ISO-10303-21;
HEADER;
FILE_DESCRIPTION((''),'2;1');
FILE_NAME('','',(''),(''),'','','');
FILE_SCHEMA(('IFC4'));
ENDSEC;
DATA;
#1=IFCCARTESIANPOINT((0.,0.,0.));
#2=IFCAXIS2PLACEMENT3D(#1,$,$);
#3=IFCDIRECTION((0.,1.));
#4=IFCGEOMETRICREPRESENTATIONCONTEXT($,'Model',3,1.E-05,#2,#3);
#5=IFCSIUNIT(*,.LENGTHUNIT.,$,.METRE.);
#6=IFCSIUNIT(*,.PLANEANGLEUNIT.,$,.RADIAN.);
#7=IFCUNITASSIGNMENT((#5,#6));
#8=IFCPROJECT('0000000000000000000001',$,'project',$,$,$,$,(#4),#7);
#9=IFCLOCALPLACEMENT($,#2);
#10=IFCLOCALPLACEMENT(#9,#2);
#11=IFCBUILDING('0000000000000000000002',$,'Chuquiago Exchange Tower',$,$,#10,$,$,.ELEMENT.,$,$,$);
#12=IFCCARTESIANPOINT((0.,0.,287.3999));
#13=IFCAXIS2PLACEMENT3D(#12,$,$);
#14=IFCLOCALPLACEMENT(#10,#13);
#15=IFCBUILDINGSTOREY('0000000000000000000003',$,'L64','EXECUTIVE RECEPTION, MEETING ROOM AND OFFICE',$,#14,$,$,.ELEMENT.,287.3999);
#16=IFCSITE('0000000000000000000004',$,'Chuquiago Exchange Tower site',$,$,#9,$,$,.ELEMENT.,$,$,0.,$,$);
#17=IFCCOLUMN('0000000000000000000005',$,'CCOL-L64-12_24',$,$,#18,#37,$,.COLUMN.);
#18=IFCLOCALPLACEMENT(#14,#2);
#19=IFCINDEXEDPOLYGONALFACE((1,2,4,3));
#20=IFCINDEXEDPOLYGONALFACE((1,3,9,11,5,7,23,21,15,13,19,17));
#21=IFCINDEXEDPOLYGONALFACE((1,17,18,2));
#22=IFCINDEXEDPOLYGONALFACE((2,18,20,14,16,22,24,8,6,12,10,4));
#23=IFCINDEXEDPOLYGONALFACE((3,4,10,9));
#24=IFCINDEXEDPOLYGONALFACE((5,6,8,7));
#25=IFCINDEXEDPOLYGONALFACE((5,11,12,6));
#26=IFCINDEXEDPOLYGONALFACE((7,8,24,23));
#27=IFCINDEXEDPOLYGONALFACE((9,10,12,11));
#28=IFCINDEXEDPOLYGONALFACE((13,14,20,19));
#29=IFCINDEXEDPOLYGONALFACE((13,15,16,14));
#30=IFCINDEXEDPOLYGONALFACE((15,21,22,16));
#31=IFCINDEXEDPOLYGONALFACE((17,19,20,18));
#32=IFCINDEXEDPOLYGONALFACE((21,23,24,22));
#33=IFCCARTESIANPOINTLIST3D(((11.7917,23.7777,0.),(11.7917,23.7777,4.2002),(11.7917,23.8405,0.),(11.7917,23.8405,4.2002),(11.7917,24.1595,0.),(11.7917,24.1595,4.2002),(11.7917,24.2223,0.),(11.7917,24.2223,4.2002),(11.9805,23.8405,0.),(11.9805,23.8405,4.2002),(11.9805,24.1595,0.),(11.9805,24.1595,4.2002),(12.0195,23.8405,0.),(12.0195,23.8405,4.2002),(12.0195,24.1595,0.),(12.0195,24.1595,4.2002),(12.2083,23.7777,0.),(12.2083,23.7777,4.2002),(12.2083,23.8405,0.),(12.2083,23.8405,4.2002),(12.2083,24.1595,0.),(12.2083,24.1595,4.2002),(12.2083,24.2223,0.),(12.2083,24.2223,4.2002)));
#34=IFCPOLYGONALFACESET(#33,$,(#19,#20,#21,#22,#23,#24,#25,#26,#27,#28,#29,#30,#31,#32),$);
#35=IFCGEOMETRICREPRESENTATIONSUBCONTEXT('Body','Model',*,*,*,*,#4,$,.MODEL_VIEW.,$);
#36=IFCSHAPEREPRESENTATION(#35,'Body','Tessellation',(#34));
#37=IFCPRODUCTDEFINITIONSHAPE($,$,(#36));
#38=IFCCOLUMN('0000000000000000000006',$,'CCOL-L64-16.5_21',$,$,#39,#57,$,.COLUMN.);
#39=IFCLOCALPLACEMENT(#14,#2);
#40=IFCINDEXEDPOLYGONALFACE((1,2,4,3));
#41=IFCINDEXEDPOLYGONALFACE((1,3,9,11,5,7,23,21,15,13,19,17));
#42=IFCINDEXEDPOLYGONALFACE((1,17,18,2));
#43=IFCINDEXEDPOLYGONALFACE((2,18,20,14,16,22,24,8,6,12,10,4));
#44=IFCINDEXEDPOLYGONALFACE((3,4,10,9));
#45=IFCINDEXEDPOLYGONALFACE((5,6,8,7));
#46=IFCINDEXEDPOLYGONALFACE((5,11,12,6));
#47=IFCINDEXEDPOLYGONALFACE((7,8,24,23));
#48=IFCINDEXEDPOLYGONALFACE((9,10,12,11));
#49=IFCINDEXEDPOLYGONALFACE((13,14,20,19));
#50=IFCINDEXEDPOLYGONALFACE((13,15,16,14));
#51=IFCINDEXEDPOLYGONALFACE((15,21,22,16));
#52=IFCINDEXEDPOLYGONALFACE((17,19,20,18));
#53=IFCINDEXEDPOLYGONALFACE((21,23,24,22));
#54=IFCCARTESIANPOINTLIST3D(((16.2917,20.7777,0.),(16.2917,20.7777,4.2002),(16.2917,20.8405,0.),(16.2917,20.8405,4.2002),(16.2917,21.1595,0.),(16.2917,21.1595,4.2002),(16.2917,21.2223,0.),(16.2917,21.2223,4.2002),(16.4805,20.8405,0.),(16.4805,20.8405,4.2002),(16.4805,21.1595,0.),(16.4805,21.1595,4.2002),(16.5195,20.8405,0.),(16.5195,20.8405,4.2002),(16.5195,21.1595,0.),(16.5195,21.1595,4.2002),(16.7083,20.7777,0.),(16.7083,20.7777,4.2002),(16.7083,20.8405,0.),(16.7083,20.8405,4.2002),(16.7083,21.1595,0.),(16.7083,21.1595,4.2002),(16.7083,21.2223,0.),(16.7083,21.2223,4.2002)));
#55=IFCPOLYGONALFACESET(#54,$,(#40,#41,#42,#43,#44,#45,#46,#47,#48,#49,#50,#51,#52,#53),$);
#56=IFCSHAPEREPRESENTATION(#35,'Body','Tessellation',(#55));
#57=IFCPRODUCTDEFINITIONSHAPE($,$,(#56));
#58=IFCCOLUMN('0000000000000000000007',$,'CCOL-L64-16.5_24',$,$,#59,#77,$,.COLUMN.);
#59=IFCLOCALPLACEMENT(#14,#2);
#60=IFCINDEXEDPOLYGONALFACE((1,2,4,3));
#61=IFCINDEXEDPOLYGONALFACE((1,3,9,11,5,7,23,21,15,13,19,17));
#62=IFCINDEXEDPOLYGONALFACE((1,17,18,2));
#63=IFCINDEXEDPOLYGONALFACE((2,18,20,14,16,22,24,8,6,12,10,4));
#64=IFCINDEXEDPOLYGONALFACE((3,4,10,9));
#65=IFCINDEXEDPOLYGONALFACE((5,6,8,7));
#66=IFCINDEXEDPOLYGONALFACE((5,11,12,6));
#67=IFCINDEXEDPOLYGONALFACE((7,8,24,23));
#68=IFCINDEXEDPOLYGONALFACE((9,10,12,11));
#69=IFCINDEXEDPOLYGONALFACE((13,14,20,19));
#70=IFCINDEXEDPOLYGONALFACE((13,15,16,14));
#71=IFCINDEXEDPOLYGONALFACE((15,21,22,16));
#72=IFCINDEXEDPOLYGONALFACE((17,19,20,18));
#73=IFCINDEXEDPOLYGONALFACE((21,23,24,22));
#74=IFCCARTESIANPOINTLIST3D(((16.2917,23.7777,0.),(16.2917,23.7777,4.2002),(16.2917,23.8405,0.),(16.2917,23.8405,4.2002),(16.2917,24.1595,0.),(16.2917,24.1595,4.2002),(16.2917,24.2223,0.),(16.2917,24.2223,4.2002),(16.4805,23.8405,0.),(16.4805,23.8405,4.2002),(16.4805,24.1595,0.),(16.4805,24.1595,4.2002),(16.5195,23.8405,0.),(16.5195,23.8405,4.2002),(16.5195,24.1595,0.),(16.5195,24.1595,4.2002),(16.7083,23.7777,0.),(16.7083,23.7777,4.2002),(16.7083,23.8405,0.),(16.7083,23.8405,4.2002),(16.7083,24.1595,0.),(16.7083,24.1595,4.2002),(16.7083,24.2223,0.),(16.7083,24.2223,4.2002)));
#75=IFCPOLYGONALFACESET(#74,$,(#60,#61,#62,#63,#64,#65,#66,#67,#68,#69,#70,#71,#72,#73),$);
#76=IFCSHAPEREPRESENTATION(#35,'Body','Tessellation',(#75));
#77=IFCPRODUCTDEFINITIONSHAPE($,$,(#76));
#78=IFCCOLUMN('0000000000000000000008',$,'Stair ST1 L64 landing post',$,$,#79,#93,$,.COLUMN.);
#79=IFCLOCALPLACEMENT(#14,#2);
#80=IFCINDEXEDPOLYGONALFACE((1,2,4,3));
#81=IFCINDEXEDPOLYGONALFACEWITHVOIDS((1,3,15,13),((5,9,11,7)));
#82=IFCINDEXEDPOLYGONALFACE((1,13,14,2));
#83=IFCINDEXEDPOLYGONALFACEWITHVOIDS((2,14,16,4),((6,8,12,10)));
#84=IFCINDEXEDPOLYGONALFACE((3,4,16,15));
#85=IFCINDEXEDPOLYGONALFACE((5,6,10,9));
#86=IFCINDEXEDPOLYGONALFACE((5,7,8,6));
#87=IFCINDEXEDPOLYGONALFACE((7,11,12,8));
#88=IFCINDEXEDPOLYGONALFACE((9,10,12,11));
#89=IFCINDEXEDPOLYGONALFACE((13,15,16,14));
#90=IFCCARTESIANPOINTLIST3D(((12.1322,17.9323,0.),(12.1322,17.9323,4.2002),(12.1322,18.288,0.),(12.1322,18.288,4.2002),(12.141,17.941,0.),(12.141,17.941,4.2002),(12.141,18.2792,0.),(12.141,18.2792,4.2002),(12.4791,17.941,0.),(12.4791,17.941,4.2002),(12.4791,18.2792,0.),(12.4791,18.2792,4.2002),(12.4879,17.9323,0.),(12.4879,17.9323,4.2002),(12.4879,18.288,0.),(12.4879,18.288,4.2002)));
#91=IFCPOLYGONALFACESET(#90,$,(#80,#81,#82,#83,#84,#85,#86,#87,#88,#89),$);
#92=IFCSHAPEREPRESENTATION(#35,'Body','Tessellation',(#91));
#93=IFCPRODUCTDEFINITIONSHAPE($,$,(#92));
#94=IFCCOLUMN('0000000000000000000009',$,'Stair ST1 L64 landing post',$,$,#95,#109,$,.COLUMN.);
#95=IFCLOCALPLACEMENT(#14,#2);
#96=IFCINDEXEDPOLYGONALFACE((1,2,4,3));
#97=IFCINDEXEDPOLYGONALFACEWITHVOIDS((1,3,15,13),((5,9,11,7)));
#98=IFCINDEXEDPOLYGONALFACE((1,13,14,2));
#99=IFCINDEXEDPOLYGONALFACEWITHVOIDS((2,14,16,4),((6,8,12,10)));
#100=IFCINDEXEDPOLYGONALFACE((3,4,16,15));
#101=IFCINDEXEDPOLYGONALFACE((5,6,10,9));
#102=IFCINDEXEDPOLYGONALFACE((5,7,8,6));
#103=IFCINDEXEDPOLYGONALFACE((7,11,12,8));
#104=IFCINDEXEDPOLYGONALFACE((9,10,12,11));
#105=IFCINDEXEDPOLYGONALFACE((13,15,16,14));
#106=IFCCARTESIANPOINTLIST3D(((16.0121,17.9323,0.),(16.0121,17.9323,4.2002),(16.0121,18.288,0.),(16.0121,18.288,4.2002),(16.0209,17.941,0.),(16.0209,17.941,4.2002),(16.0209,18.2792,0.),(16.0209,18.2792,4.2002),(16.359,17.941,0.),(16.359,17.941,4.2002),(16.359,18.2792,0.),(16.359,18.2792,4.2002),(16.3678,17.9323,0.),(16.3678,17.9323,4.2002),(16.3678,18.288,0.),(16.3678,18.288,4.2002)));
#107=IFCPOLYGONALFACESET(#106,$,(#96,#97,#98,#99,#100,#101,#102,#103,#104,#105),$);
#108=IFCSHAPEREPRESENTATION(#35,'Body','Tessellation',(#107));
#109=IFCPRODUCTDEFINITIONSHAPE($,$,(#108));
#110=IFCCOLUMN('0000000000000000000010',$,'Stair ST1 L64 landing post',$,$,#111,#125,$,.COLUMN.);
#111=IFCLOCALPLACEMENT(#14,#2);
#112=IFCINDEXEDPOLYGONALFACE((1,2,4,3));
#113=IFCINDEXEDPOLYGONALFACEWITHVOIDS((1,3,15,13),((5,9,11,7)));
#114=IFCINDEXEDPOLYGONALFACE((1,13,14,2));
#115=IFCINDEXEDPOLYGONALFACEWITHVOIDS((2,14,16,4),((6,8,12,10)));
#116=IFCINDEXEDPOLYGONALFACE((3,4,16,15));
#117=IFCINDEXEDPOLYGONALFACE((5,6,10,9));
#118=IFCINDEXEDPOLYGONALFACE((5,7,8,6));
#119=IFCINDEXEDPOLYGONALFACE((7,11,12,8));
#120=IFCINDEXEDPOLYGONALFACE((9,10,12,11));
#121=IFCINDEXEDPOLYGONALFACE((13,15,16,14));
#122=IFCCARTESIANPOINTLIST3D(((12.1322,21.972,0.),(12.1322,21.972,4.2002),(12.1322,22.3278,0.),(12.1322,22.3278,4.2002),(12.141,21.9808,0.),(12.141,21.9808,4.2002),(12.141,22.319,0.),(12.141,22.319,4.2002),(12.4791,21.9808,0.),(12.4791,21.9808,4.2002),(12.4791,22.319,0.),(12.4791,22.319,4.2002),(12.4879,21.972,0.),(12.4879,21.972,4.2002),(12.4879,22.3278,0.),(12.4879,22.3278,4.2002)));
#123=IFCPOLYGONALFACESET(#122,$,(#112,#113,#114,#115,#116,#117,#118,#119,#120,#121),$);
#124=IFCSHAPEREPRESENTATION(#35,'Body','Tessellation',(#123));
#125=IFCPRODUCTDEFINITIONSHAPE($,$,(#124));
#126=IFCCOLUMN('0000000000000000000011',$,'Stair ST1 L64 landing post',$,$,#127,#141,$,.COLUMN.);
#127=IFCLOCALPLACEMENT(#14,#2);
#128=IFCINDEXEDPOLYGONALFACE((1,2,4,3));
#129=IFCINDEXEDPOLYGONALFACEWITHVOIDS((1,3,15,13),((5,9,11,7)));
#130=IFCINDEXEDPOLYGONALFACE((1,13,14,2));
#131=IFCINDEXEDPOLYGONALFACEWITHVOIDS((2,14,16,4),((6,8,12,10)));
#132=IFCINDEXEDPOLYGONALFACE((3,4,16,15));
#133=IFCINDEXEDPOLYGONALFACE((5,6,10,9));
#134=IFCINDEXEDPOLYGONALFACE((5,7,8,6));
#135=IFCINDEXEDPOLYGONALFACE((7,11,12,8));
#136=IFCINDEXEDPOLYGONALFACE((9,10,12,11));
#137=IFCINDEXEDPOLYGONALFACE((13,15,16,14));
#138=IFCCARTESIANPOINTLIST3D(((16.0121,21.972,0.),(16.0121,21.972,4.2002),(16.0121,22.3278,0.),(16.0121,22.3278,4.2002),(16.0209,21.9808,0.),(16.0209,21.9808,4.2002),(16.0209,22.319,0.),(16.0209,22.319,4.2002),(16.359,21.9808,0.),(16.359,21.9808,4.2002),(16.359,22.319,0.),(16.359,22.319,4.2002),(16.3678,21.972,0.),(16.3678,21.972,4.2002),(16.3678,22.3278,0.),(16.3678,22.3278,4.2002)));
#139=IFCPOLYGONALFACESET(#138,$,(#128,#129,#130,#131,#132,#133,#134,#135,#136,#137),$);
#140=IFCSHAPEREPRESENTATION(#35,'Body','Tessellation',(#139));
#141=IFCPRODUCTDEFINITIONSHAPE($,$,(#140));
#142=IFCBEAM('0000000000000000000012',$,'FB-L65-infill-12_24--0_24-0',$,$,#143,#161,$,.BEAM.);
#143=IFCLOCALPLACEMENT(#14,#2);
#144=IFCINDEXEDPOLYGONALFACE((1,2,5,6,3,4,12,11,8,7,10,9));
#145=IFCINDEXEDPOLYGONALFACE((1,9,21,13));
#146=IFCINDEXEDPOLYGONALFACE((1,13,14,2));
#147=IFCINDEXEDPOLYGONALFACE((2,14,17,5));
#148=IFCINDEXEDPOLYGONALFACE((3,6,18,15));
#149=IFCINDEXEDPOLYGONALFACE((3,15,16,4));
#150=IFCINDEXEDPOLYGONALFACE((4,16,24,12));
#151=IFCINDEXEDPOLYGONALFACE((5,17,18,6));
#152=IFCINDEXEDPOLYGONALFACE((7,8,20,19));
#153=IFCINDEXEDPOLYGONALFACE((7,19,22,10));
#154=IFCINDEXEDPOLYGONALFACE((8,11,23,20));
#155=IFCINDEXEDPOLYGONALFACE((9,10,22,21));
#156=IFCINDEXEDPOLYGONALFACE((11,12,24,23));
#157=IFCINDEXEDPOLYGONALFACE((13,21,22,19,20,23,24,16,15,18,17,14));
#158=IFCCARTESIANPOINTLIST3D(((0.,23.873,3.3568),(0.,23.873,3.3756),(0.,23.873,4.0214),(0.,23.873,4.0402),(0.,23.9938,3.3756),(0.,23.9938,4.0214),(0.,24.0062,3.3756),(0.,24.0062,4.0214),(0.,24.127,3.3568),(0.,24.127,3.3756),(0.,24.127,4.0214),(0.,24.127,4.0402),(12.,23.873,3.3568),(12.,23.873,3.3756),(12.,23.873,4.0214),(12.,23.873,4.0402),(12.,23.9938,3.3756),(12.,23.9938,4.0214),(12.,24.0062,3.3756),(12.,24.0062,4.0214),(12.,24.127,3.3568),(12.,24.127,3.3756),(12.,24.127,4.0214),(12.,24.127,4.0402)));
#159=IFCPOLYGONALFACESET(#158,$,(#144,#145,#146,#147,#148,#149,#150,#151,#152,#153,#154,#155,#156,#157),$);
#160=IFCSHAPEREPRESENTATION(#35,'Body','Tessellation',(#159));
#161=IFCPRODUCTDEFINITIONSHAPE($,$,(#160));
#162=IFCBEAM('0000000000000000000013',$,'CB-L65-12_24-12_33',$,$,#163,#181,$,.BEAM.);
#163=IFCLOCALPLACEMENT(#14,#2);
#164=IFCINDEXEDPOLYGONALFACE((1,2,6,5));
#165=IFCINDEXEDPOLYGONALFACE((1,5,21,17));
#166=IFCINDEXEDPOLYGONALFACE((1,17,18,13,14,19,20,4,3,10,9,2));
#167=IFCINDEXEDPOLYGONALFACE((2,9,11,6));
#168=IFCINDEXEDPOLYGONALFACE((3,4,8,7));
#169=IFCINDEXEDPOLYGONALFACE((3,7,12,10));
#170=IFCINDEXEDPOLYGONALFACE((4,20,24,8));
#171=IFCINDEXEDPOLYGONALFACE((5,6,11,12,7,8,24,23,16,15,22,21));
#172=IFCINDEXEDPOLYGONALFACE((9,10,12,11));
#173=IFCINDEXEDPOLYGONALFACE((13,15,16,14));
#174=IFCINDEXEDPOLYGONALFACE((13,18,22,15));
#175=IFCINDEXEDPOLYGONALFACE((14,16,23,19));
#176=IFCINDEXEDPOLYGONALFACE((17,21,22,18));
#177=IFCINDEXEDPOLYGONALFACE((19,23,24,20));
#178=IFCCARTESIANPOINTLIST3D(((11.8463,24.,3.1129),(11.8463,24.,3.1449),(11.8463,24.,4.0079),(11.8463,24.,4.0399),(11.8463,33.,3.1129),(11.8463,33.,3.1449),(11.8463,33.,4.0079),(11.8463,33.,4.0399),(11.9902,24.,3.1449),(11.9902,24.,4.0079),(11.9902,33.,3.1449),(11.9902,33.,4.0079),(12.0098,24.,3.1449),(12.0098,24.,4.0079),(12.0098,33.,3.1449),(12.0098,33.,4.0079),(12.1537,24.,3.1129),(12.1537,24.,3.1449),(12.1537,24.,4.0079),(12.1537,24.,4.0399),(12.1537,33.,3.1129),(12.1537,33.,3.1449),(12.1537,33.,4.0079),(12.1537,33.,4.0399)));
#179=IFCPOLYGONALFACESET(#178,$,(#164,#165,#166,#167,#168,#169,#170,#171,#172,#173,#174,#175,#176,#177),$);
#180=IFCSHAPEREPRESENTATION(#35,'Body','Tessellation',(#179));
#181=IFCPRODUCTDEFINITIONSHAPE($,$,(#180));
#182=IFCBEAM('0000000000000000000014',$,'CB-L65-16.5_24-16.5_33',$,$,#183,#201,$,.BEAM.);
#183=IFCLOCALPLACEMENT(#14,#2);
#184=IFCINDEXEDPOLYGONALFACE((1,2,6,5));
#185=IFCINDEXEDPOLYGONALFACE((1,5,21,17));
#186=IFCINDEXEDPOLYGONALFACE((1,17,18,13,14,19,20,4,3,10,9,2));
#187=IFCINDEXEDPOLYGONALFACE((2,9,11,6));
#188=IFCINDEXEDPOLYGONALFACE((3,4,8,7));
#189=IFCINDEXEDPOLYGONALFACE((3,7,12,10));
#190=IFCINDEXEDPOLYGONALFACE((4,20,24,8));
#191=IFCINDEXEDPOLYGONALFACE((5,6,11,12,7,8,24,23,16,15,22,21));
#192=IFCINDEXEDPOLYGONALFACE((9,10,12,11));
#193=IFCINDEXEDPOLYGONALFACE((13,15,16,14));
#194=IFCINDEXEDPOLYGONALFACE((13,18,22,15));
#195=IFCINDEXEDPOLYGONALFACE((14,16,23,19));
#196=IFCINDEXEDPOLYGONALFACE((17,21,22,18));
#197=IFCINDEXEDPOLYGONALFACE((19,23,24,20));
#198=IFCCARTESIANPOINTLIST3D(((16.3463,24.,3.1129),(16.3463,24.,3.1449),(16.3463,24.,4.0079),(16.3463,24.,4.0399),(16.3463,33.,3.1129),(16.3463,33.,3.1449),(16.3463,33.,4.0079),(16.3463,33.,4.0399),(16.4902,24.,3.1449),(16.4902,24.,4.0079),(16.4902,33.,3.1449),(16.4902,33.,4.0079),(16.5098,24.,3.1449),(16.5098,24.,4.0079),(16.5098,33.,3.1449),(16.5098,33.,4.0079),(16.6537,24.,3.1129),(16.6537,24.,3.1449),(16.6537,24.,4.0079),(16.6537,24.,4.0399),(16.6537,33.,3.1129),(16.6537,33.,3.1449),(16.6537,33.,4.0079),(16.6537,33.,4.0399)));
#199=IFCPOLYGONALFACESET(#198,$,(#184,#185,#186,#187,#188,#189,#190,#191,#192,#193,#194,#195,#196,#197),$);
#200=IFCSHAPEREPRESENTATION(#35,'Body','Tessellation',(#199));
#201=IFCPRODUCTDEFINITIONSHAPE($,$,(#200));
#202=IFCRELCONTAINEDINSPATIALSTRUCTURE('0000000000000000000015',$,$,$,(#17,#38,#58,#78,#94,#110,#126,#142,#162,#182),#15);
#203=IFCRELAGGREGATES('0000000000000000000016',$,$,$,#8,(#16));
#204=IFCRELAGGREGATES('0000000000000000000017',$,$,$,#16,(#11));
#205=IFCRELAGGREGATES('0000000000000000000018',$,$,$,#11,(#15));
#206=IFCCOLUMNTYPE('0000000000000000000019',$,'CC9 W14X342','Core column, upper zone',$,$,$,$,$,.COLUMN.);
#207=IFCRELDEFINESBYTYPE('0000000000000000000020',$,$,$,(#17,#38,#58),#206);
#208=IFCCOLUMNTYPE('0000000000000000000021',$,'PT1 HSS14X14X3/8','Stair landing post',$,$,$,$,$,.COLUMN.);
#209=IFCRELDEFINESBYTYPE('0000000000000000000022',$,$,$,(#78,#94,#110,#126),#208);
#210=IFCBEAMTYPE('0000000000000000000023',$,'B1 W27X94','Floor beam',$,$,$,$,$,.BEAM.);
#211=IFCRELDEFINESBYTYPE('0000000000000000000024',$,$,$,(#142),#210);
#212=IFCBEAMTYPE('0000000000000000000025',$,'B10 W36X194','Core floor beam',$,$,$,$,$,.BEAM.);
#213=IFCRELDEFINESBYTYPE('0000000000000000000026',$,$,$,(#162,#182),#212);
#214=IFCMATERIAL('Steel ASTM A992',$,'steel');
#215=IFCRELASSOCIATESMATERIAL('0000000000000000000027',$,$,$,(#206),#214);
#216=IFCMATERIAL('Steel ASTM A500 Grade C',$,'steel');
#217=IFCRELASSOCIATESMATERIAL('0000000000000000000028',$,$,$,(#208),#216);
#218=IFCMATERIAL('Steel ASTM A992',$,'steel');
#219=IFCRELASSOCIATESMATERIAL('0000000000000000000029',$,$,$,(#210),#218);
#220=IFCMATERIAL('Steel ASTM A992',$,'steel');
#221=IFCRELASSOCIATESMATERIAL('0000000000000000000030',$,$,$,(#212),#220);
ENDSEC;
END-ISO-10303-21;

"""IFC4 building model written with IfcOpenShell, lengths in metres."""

from ifc_helpers import new_model, si_unit, direction, frame, origin, origin_2d, place, context, subcontext, project, spatial, hollow_rectangle, i_section, extrude, material, material_profile, profile_set, type_object, element, save


model = new_model("IFC4")

# Units and contexts
model_context = context("Model", 3, precision=1e-05, world=origin(), true_north=direction((0.0, 1.0)))
body_context = subcontext(model_context, "Body", "Model", "MODEL_VIEW")
ifc_project = project(units=[si_unit("LENGTHUNIT", "METRE"), si_unit("PLANEANGLEUNIT", "RADIAN")], contexts=[model_context])

# Site, building, storey
site_placement = place(None, origin())
site = spatial("IfcSite", under=ifc_project, at=site_placement, Name="Chuquiago Exchange Tower site", CompositionType="ELEMENT", RefElevation=0.0)
building_placement = place(site_placement, origin())
building = spatial("IfcBuilding", under=site, at=building_placement, Name="Chuquiago Exchange Tower", CompositionType="ELEMENT")
storey_placement = place(building_placement, frame((0.0, 0.0, 287.3999)))
storey = spatial("IfcBuildingStorey", under=building, at=storey_placement, Name="L64", Description="EXECUTIVE RECEPTION, MEETING ROOM AND OFFICE", CompositionType="ELEMENT", Elevation=287.3999)

# Columns
ifc_material_1 = material(Name="Steel ASTM A992", Category="steel")
ifc_material_profile_1 = material_profile(ifc_material_1, i_section(OverallWidth=0.4165, OverallDepth=0.4446, WebThickness=0.0391, FlangeThickness=0.0627, at=origin_2d()), Name="W14X342")
ifc_profile_set_1 = profile_set([ifc_material_profile_1], Name="Steel ASTM A992")
column_type_1 = type_object("IfcColumnType", Name="CC9 W14X342", Description="Core column, upper zone", PredefinedType="COLUMN", material=ifc_profile_set_1)
for number, where, z_axis, x_axis, name in (
    (1, (12.0, 24.0, 0.0), (0.0, 0.0, 1.0), (1.0, 0.0, 0.0), "CCOL-L64-12_24"),
    (2, (16.5, 21.0, 0.0), (0.0, 0.0, 1.0), (1.0, 0.0, 0.0), "CCOL-L64-16.5_21"),
    (3, (16.5, 24.0, 0.0), (0.0, 0.0, 1.0), (1.0, 0.0, 0.0), "CCOL-L64-16.5_24"),
):
    element("IfcColumn", number, at=place(storey_placement, frame(where, z_axis=z_axis, x_axis=x_axis)), inside=storey, type_object=column_type_1, Name=name, PredefinedType="COLUMN", context=body_context, shape_type="SweptSolid", body=[
        extrude(i_section(OverallWidth=0.4165, OverallDepth=0.4446, WebThickness=0.0391, FlangeThickness=0.0627, at=origin_2d()), origin(), (0.0, 0.0, 1.0), 4.2002),
    ])
ifc_material_2 = material(Name="Steel ASTM A500 Grade C", Category="steel")
ifc_material_profile_2 = material_profile(ifc_material_2, hollow_rectangle(XDim=0.3557, YDim=0.3557, WallThickness=0.0088, at=origin_2d()), Name="HSS14X14X3/8")
ifc_profile_set_2 = profile_set([ifc_material_profile_2], Name="Steel ASTM A500 Grade C")
column_type_2 = type_object("IfcColumnType", Name="PT1 HSS14X14X3/8", Description="Stair landing post", PredefinedType="COLUMN", material=ifc_profile_set_2)
for number, where, z_axis, x_axis, name in (
    (4, (12.3101, 18.1101, 0.0), (0.0, 0.0, 1.0), (1.0, 0.0, 0.0), "Stair ST1 L64 landing post"),
    (5, (16.1899, 18.1101, 0.0), (0.0, 0.0, 1.0), (1.0, 0.0, 0.0), "Stair ST1 L64 landing post"),
    (6, (12.3101, 22.1499, 0.0), (0.0, 0.0, 1.0), (1.0, 0.0, 0.0), "Stair ST1 L64 landing post"),
    (7, (16.1899, 22.1499, 0.0), (0.0, 0.0, 1.0), (1.0, 0.0, 0.0), "Stair ST1 L64 landing post"),
):
    element("IfcColumn", number, at=place(storey_placement, frame(where, z_axis=z_axis, x_axis=x_axis)), inside=storey, type_object=column_type_2, Name=name, PredefinedType="COLUMN", context=body_context, shape_type="SweptSolid", body=[
        extrude(hollow_rectangle(XDim=0.3557, YDim=0.3557, WallThickness=0.0088, at=origin_2d()), origin(), (0.0, 0.0, 1.0), 4.2002),
    ])

# Beams
ifc_material_3 = material(Name="Steel ASTM A992", Category="steel")
ifc_material_profile_3 = material_profile(ifc_material_3, i_section(OverallWidth=0.2539, OverallDepth=0.6833, WebThickness=0.0125, FlangeThickness=0.0188, at=origin_2d()), Name="W27X94")
ifc_profile_set_3 = profile_set([ifc_material_profile_3], Name="Steel ASTM A992")
beam_type_1 = type_object("IfcBeamType", Name="B1 W27X94", Description="Floor beam", PredefinedType="BEAM", material=ifc_profile_set_3)
beam_1_placement = place(storey_placement, frame((12.0, 24.0, 3.6985), z_axis=(-1.0, 0.0, 0.0), x_axis=(0.0, -1.0, 0.0)))
element("IfcBeam", 8, at=beam_1_placement, inside=storey, type_object=beam_type_1, Name="FB-L65-infill-12_24--0_24-0", PredefinedType="BEAM", context=body_context, shape_type="SweptSolid", body=[
    extrude(i_section(OverallWidth=0.2539, OverallDepth=0.6833, WebThickness=0.0125, FlangeThickness=0.0188, at=origin_2d()), origin(), (0.0, 0.0, 1.0), 12.0),
])
ifc_material_4 = material(Name="Steel ASTM A992", Category="steel")
ifc_material_profile_4 = material_profile(ifc_material_4, i_section(OverallWidth=0.3074, OverallDepth=0.927, WebThickness=0.0195, FlangeThickness=0.032, at=origin_2d()), Name="W36X194")
ifc_profile_set_4 = profile_set([ifc_material_profile_4], Name="Steel ASTM A992")
beam_type_2 = type_object("IfcBeamType", Name="B10 W36X194", Description="Core floor beam", PredefinedType="BEAM", material=ifc_profile_set_4)
for number, where, z_axis, x_axis, name in (
    (9, (12.0, 24.0, 3.5764), (0.0, 1.0, 0.0), (-1.0, 0.0, 0.0), "CB-L65-12_24-12_33"),
    (10, (16.5, 24.0, 3.5764), (0.0, 1.0, 0.0), (-1.0, 0.0, 0.0), "CB-L65-16.5_24-16.5_33"),
):
    element("IfcBeam", number, at=place(storey_placement, frame(where, z_axis=z_axis, x_axis=x_axis)), inside=storey, type_object=beam_type_2, Name=name, PredefinedType="BEAM", context=body_context, shape_type="SweptSolid", body=[
        extrude(i_section(OverallWidth=0.3074, OverallDepth=0.927, WebThickness=0.0195, FlangeThickness=0.032, at=origin_2d()), origin(), (0.0, 0.0, 1.0), 9.0),
    ])

save(model, "model.ifc")
